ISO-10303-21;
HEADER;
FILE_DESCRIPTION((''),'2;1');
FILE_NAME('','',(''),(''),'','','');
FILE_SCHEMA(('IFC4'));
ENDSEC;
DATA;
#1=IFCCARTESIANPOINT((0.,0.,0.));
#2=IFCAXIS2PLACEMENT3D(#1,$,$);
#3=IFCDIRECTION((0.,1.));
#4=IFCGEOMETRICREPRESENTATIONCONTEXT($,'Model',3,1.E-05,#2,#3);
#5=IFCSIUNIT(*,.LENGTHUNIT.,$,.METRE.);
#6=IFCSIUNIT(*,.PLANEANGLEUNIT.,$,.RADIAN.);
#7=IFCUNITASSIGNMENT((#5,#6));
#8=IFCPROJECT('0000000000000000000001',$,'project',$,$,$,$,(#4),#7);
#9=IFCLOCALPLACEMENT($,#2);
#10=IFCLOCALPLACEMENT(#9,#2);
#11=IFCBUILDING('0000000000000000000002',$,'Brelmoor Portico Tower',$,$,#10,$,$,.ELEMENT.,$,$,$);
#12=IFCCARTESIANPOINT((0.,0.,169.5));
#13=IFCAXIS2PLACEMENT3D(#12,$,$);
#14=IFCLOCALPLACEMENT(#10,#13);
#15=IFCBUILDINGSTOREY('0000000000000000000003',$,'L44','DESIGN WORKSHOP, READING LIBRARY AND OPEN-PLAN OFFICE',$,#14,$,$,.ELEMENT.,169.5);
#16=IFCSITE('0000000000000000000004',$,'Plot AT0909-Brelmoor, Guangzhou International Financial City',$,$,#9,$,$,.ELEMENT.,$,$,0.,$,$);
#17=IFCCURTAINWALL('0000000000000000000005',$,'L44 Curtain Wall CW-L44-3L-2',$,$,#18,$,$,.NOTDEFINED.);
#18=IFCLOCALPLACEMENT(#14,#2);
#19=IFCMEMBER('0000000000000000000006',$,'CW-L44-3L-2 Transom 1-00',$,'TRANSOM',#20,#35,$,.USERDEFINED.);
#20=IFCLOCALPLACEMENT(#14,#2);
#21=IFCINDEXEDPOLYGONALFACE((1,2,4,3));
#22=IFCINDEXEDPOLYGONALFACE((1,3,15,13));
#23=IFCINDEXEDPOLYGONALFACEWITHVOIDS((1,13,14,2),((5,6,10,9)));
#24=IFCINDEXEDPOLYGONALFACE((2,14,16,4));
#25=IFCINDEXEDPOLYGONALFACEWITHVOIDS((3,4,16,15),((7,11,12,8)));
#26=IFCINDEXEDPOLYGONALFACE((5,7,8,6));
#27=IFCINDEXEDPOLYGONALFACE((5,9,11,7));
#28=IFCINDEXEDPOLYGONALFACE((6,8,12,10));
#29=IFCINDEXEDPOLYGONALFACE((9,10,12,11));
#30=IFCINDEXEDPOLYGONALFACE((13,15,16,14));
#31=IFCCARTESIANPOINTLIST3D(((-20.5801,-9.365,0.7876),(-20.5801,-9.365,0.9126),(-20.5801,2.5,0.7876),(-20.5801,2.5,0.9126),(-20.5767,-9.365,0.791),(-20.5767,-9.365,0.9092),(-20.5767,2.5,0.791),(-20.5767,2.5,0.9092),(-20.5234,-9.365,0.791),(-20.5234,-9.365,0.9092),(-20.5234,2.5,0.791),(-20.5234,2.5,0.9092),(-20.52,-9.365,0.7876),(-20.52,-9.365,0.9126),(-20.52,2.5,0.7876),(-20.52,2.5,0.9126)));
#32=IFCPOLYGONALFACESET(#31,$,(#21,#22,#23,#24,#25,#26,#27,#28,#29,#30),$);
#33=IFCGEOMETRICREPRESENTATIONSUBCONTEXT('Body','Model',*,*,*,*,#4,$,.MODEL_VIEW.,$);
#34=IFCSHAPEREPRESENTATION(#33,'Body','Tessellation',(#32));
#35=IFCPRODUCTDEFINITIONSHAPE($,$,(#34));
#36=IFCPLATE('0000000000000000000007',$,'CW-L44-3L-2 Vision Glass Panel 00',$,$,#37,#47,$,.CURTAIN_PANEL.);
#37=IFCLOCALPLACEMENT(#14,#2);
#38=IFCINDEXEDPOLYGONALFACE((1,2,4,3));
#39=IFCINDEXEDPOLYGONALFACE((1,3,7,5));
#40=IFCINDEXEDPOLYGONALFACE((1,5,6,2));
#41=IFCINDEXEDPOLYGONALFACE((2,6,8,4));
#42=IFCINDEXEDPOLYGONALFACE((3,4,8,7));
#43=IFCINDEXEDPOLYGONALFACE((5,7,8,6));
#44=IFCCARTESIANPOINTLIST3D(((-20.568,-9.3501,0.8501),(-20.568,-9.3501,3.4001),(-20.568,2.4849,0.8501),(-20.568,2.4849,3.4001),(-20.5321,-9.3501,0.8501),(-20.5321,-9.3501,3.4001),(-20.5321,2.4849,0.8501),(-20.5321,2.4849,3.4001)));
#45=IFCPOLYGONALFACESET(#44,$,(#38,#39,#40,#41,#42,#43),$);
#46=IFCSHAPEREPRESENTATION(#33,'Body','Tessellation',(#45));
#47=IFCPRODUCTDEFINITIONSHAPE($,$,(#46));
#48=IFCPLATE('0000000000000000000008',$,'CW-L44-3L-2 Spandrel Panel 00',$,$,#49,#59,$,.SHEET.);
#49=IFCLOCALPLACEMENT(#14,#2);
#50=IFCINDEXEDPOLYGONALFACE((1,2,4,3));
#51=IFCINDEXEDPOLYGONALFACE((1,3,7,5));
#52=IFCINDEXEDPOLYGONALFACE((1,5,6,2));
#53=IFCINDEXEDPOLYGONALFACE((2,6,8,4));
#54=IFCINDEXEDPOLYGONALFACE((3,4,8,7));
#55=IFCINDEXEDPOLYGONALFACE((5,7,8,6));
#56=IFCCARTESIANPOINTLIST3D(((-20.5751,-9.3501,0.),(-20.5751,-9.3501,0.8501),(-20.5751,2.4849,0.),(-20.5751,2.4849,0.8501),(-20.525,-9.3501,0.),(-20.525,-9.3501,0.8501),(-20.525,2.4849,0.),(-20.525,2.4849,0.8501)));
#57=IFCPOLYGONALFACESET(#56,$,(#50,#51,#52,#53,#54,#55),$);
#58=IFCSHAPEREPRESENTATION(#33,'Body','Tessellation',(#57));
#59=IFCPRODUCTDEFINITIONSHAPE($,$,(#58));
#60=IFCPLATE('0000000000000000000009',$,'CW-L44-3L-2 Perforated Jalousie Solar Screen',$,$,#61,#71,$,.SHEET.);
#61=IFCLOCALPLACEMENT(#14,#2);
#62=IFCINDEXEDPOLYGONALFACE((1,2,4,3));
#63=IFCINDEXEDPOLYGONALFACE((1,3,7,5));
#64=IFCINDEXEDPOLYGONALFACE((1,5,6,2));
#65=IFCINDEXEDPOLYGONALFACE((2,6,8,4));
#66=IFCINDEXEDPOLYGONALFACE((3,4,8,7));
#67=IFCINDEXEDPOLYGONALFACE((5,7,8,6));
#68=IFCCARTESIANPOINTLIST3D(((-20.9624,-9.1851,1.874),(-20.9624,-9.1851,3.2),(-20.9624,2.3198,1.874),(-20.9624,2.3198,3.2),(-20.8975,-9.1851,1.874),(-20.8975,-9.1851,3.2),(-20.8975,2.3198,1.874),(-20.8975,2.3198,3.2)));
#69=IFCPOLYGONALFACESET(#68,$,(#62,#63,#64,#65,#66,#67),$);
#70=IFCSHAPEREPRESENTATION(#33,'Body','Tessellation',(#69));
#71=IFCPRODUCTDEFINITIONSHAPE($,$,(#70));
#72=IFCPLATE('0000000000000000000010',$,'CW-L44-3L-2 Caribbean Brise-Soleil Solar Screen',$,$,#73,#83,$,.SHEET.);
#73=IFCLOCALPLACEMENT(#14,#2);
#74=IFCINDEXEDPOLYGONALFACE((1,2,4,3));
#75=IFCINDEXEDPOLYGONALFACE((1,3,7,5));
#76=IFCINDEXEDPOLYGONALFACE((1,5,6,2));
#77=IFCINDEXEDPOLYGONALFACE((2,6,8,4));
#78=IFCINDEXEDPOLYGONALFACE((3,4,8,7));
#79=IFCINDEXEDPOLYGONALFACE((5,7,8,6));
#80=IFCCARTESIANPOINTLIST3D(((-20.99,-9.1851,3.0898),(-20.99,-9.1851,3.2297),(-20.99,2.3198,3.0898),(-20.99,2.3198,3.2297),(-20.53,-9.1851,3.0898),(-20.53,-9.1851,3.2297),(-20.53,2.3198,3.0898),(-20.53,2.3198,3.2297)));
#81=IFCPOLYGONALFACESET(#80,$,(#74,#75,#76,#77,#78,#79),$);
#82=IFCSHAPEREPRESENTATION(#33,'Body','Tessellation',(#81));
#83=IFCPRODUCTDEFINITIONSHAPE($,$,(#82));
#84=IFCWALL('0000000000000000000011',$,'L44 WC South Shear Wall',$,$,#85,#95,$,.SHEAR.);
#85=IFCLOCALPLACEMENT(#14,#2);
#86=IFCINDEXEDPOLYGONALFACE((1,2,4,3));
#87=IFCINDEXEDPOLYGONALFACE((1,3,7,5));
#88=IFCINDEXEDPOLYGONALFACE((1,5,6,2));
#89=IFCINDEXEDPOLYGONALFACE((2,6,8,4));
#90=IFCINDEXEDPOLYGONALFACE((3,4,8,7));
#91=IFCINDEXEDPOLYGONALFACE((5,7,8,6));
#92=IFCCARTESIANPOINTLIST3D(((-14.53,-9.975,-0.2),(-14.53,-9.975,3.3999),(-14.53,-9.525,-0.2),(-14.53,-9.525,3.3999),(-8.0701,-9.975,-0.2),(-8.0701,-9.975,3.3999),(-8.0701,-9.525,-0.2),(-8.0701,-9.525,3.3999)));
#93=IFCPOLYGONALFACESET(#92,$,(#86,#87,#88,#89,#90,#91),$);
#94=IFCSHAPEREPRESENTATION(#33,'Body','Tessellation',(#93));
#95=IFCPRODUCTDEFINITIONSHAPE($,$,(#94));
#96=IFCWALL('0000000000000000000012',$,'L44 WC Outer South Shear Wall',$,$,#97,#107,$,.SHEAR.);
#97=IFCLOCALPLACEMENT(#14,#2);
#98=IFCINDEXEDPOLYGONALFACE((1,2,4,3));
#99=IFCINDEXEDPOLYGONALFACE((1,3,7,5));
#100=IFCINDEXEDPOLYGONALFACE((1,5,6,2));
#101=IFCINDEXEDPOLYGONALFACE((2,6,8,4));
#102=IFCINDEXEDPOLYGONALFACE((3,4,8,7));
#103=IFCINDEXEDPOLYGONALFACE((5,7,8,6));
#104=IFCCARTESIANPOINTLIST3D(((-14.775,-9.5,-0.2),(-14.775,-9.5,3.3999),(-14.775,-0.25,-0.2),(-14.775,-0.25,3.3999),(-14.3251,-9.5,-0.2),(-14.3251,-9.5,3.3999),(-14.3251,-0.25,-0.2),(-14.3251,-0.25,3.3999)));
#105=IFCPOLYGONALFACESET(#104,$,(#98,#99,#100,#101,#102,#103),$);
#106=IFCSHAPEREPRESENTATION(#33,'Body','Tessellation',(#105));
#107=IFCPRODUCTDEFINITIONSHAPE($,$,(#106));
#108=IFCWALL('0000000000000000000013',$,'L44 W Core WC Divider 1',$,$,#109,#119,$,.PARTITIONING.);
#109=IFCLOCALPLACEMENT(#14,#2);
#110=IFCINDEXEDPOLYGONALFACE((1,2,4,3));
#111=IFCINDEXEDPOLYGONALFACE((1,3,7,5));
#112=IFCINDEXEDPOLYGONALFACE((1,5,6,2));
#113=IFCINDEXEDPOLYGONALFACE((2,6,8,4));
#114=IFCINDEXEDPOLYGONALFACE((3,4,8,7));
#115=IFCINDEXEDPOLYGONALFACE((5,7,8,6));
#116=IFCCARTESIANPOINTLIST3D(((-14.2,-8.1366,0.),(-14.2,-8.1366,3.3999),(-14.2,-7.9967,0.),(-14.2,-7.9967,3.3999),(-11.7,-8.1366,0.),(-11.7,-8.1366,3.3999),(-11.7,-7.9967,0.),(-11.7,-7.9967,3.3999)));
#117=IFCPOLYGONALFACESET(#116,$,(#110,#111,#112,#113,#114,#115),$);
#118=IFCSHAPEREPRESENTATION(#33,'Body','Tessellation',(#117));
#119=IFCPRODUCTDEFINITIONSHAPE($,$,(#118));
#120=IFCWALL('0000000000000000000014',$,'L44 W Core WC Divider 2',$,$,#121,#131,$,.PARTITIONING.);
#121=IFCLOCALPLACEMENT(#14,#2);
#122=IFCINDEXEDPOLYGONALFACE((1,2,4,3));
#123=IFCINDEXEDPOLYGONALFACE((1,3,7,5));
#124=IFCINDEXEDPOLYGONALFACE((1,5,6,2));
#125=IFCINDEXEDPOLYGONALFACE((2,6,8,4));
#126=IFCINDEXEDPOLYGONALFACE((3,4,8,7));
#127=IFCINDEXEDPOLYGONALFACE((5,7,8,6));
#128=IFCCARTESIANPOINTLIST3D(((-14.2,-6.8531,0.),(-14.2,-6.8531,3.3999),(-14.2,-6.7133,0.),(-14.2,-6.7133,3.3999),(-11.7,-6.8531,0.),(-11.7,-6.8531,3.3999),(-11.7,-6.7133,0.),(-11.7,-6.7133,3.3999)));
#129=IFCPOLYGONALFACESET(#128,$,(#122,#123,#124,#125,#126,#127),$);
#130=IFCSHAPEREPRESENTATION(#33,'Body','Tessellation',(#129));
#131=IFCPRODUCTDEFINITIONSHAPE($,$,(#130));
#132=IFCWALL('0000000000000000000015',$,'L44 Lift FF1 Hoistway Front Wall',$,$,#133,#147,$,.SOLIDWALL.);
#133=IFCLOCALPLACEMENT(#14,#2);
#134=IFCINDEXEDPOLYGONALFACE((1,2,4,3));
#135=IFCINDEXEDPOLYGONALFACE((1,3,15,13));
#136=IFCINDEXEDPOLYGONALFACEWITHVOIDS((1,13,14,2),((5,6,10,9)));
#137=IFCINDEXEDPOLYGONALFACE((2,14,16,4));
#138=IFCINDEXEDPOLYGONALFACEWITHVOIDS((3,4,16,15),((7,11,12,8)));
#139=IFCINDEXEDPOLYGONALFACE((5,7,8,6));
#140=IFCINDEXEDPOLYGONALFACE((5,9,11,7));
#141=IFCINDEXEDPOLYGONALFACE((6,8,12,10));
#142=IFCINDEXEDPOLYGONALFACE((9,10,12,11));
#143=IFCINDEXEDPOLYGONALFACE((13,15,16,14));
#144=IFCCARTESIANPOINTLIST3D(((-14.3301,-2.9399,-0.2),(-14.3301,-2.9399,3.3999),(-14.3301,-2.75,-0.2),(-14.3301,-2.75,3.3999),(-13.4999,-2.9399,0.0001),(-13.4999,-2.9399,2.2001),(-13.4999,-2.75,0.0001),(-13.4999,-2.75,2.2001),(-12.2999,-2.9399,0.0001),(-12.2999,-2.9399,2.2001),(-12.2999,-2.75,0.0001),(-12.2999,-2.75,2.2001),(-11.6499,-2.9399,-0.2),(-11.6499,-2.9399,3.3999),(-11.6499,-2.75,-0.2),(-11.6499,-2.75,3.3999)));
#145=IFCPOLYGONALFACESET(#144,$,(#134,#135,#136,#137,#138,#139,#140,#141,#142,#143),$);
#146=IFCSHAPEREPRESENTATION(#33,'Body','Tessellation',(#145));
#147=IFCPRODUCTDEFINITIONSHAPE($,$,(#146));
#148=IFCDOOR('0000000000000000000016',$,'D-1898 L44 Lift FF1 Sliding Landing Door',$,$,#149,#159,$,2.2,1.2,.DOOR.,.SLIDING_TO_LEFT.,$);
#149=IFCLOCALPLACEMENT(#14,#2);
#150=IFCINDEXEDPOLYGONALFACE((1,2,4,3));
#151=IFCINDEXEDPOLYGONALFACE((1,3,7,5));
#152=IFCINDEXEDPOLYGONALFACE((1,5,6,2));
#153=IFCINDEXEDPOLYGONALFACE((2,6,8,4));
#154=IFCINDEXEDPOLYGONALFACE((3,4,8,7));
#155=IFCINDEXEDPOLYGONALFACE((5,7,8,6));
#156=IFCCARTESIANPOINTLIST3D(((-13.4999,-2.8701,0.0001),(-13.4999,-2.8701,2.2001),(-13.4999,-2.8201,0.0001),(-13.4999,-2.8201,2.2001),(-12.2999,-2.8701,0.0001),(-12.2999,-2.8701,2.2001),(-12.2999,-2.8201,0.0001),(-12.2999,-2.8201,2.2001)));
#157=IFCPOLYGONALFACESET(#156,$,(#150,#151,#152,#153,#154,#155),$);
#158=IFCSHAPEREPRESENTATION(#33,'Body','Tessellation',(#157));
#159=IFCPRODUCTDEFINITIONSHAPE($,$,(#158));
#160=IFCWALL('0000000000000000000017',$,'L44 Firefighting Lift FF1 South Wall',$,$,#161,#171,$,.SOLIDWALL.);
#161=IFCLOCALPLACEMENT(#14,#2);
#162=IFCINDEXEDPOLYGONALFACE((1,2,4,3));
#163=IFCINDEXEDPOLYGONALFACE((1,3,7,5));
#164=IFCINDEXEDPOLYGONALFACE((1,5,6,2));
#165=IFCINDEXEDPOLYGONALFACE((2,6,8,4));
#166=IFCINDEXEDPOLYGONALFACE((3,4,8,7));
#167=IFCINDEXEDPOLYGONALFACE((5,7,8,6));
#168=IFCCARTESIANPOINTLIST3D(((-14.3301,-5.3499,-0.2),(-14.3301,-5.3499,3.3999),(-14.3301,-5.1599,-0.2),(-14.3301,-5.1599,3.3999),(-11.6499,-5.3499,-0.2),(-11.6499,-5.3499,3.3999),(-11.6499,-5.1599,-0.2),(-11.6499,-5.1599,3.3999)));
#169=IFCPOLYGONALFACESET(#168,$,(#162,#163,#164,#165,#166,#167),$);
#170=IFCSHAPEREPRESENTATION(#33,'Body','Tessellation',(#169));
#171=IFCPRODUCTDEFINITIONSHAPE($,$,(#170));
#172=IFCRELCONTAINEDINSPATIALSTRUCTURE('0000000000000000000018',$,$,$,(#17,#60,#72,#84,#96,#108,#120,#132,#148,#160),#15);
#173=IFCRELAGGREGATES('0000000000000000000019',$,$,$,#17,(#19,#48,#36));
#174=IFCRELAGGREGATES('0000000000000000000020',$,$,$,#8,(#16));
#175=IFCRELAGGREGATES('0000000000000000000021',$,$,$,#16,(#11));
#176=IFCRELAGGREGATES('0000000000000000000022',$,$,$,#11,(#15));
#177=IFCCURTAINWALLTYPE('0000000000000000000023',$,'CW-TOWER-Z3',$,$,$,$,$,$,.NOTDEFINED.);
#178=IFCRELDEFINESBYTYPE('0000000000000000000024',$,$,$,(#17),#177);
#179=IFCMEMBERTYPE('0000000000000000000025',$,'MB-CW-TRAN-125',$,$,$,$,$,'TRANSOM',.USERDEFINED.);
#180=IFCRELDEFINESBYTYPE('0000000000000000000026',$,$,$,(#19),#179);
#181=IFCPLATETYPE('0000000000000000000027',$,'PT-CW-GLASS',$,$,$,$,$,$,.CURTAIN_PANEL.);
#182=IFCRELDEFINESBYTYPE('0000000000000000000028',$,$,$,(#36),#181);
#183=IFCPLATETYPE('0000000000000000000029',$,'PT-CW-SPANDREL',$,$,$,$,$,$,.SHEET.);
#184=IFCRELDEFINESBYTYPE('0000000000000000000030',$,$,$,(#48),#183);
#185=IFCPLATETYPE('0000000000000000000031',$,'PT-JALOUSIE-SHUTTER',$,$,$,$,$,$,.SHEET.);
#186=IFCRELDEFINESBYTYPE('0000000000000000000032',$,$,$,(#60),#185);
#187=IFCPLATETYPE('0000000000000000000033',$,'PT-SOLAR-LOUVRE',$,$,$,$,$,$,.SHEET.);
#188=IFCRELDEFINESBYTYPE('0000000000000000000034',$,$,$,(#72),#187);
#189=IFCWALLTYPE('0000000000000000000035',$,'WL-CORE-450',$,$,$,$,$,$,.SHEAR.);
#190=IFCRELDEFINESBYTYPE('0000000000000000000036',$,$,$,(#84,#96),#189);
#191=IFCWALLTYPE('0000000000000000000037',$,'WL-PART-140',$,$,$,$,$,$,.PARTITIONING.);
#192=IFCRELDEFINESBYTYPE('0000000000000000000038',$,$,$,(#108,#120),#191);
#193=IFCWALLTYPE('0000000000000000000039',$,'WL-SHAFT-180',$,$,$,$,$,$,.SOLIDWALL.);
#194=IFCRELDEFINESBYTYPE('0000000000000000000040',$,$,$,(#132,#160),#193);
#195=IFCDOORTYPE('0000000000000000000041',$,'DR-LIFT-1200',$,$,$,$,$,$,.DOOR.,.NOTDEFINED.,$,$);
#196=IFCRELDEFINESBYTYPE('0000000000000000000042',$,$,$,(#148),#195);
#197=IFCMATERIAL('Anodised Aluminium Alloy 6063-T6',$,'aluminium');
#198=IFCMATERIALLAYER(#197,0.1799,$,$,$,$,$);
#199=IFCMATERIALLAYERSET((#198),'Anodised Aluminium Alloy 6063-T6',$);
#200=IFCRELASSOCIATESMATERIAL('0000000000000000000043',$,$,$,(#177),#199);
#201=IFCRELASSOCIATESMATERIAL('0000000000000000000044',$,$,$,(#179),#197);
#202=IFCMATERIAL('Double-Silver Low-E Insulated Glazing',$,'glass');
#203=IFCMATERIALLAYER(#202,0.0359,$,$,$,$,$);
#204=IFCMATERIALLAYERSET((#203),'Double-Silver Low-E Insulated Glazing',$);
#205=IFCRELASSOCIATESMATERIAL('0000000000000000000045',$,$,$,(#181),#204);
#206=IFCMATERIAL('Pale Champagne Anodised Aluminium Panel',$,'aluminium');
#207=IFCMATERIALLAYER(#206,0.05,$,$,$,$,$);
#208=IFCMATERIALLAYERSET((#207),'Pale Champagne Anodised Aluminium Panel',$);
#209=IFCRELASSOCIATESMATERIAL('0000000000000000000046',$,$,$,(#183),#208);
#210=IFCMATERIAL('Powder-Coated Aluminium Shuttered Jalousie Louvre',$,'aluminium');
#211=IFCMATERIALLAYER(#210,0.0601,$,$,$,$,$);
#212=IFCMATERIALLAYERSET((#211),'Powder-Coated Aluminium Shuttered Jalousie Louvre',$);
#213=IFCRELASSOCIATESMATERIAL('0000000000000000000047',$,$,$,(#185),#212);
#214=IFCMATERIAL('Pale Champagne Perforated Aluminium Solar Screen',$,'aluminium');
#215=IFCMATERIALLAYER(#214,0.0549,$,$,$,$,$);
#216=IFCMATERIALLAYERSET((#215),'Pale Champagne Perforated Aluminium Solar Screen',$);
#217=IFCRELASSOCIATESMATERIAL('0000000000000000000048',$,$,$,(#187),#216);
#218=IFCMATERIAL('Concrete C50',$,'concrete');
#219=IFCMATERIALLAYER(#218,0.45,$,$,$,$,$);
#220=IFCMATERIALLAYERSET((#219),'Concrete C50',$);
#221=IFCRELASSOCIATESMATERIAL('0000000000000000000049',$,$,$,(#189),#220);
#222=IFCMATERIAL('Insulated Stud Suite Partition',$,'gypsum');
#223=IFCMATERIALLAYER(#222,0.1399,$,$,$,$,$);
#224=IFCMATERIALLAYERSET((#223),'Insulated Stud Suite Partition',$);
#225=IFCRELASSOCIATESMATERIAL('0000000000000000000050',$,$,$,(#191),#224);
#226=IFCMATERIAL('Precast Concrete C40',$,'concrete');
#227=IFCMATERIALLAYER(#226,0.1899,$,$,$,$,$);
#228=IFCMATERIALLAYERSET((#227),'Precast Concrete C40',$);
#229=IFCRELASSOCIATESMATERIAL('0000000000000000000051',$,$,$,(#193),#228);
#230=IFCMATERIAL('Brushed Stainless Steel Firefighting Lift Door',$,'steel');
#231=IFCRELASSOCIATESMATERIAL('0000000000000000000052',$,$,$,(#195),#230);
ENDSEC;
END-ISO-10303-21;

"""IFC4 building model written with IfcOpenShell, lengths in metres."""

from ifc_helpers import new_model, si_unit, direction, frame, frame_2d, origin, origin_2d, place, context, subcontext, project, spatial, rectangle, hollow_rectangle, extrude, material, layer, layer_set, material_profile, profile_set, type_object, element, fill, aggregate, save


model = new_model("IFC4")

# Units and contexts
model_context = context("Model", 3, precision=1e-05, world=origin(), true_north=direction((0.0, 1.0)))
body_context = subcontext(model_context, "Body", "Model", "MODEL_VIEW")
ifc_project = project(units=[si_unit("LENGTHUNIT", "METRE"), si_unit("PLANEANGLEUNIT", "RADIAN")], contexts=[model_context])

# Site, building, storey
site_placement = place(None, origin())
site = spatial("IfcSite", under=ifc_project, at=site_placement, Name="Plot AT0909-Brelmoor, Guangzhou International Financial City", CompositionType="ELEMENT", RefElevation=0.0)
building_placement = place(site_placement, origin())
building = spatial("IfcBuilding", under=site, at=building_placement, Name="Brelmoor Portico Tower", CompositionType="ELEMENT")
storey_placement = place(building_placement, frame((0.0, 0.0, 169.5)))
storey = spatial("IfcBuildingStorey", under=building, at=storey_placement, Name="L44", Description="DESIGN WORKSHOP, READING LIBRARY AND OPEN-PLAN OFFICE", CompositionType="ELEMENT", Elevation=169.5)

# Curtain wall, member, plates
ifc_material_1 = material(Name="Anodised Aluminium Alloy 6063-T6", Category="aluminium")
ifc_layer_1 = layer(ifc_material_1, 0.1799)
ifc_layer_set_1 = layer_set([ifc_layer_1], Name="Anodised Aluminium Alloy 6063-T6")
curtain_wall_type = type_object("IfcCurtainWallType", Name="CW-TOWER-Z3", PredefinedType="NOTDEFINED", material=ifc_layer_set_1)
curtain_wall_placement = place(storey_placement, origin())
curtain_wall = element("IfcCurtainWall", 1, at=curtain_wall_placement, inside=storey, type_object=curtain_wall_type, Name="L44 Curtain Wall CW-L44-3L-2", PredefinedType="NOTDEFINED")
ifc_material_profile_1 = material_profile(ifc_material_1, hollow_rectangle(XDim=0.0601, YDim=0.125, WallThickness=0.0034, at=origin_2d()), Name="ALU TRANSOM 60x125")
ifc_profile_set_1 = profile_set([ifc_material_profile_1], Name="Anodised Aluminium Alloy 6063-T6")
member_type_1 = type_object("IfcMemberType", Name="MB-CW-TRAN-125", ElementType="TRANSOM", PredefinedType="USERDEFINED", material=ifc_profile_set_1)
member_1_placement = place(storey_placement, frame((-20.55, -9.365, 0.8501), z_axis=(0.0, 1.0, 0.0), x_axis=(-1.0, 0.0, 0.0)))
member_1 = element("IfcMember", 2, at=member_1_placement, type_object=member_type_1, Name="CW-L44-3L-2 Transom 1-00", ObjectType="TRANSOM", PredefinedType="USERDEFINED", context=body_context, shape_type="SweptSolid", body=[
    extrude(hollow_rectangle(XDim=0.0601, YDim=0.125, WallThickness=0.0034, at=origin_2d()), origin(), (0.0, 0.0, 1.0), 11.865),
])
ifc_material_2 = material(Name="Double-Silver Low-E Insulated Glazing", Category="glass")
ifc_layer_2 = layer(ifc_material_2, 0.0359)
ifc_layer_set_2 = layer_set([ifc_layer_2], Name="Double-Silver Low-E Insulated Glazing")
plate_type_1 = type_object("IfcPlateType", Name="PT-CW-GLASS", PredefinedType="CURTAIN_PANEL", material=ifc_layer_set_2)
plate_1_placement = place(storey_placement, frame((-20.55, -3.4326, 0.8501), z_axis=(0.0, 0.0, 1.0), x_axis=(0.0, 1.0, 0.0)))
plate_1 = element("IfcPlate", 3, at=plate_1_placement, type_object=plate_type_1, Name="CW-L44-3L-2 Vision Glass Panel 00", PredefinedType="CURTAIN_PANEL", context=body_context, shape_type="SweptSolid", body=[
    extrude(rectangle(XDim=11.835, YDim=0.0359, at=origin_2d()), origin(), (0.0, 0.0, 1.0), 2.55),
])
ifc_material_3 = material(Name="Pale Champagne Anodised Aluminium Panel", Category="aluminium")
ifc_layer_3 = layer(ifc_material_3, 0.05)
ifc_layer_set_3 = layer_set([ifc_layer_3], Name="Pale Champagne Anodised Aluminium Panel")
plate_type_2 = type_object("IfcPlateType", Name="PT-CW-SPANDREL", PredefinedType="SHEET", material=ifc_layer_set_3)
plate_2_placement = place(storey_placement, frame((-20.55, -3.4326, 0.0), z_axis=(0.0, 0.0, 1.0), x_axis=(0.0, 1.0, 0.0)))
plate_2 = element("IfcPlate", 4, at=plate_2_placement, type_object=plate_type_2, Name="CW-L44-3L-2 Spandrel Panel 00", PredefinedType="SHEET", context=body_context, shape_type="SweptSolid", body=[
    extrude(rectangle(XDim=11.835, YDim=0.05, at=origin_2d()), origin(), (0.0, 0.0, 1.0), 0.8501),
])
aggregate(curtain_wall, [member_1, plate_2, plate_1])

# Plates
ifc_material_4 = material(Name="Powder-Coated Aluminium Shuttered Jalousie Louvre", Category="aluminium")
ifc_layer_4 = layer(ifc_material_4, 0.0601)
ifc_layer_set_4 = layer_set([ifc_layer_4], Name="Powder-Coated Aluminium Shuttered Jalousie Louvre")
plate_type_3 = type_object("IfcPlateType", Name="PT-JALOUSIE-SHUTTER", PredefinedType="SHEET", material=ifc_layer_set_4)
plate_3_placement = place(storey_placement, frame((-20.9299, -3.4326, 1.874), z_axis=(0.0, 0.0, 1.0), x_axis=(0.0, 1.0, 0.0)))
element("IfcPlate", 5, at=plate_3_placement, inside=storey, type_object=plate_type_3, Name="CW-L44-3L-2 Perforated Jalousie Solar Screen", PredefinedType="SHEET", context=body_context, shape_type="SweptSolid", body=[
    extrude(rectangle(XDim=11.5049, YDim=0.0649, at=origin_2d()), origin(), (0.0, 0.0, 1.0), 1.3259),
])
ifc_material_5 = material(Name="Pale Champagne Perforated Aluminium Solar Screen", Category="aluminium")
ifc_layer_5 = layer(ifc_material_5, 0.0549)
ifc_layer_set_5 = layer_set([ifc_layer_5], Name="Pale Champagne Perforated Aluminium Solar Screen")
plate_type_4 = type_object("IfcPlateType", Name="PT-SOLAR-LOUVRE", PredefinedType="SHEET", material=ifc_layer_set_5)
plate_4_placement = place(storey_placement, frame((-20.76, -3.4326, 3.0898), z_axis=(0.0, 0.0, 1.0), x_axis=(0.0, 1.0, 0.0)))
element("IfcPlate", 6, at=plate_4_placement, inside=storey, type_object=plate_type_4, Name="CW-L44-3L-2 Caribbean Brise-Soleil Solar Screen", PredefinedType="SHEET", context=body_context, shape_type="SweptSolid", body=[
    extrude(rectangle(XDim=11.5049, YDim=0.46, at=origin_2d()), origin(), (0.0, 0.0, 1.0), 0.1399),
])

# Walls
ifc_material_6 = material(Name="Concrete C50", Category="concrete")
ifc_layer_6 = layer(ifc_material_6, 0.45)
ifc_layer_set_6 = layer_set([ifc_layer_6], Name="Concrete C50")
wall_type_1 = type_object("IfcWallType", Name="WL-CORE-450", PredefinedType="SHEAR", material=ifc_layer_set_6)
wall_1_placement = place(storey_placement, frame((-14.53, -9.75, -0.2), z_axis=(0.0, 0.0, 1.0), x_axis=(1.0, 0.0, 0.0)))
element("IfcWall", 7, at=wall_1_placement, inside=storey, type_object=wall_type_1, Name="L44 WC South Shear Wall", PredefinedType="SHEAR", context=body_context, shape_type="SweptSolid", body=[
    extrude(rectangle(XDim=6.46, YDim=0.45, at=frame_2d((3.23, 0.0))), origin(), (0.0, 0.0, 1.0), 3.5999),
])
wall_2_placement = place(storey_placement, frame((-14.55, -9.5, -0.2), z_axis=(0.0, 0.0, 1.0), x_axis=(0.0, 1.0, 0.0)))
element("IfcWall", 8, at=wall_2_placement, inside=storey, type_object=wall_type_1, Name="L44 WC Outer South Shear Wall", PredefinedType="SHEAR", context=body_context, shape_type="SweptSolid", body=[
    extrude(rectangle(XDim=9.25, YDim=0.45, at=frame_2d((4.625, 0.0))), origin(), (0.0, 0.0, 1.0), 3.5999),
])
ifc_material_7 = material(Name="Insulated Stud Suite Partition", Category="gypsum")
ifc_layer_7 = layer(ifc_material_7, 0.1399)
ifc_layer_set_7 = layer_set([ifc_layer_7], Name="Insulated Stud Suite Partition")
wall_type_2 = type_object("IfcWallType", Name="WL-PART-140", PredefinedType="PARTITIONING", material=ifc_layer_set_7)
for number, where, z_axis, x_axis, name in (
    (9, (-11.7, -8.0667, 0.0), (0.0, 0.0, 1.0), (-1.0, 0.0, 0.0), "L44 W Core WC Divider 1"),
    (10, (-11.7, -6.7832, 0.0), (0.0, 0.0, 1.0), (-1.0, 0.0, 0.0), "L44 W Core WC Divider 2"),
):
    element("IfcWall", number, at=place(storey_placement, frame(where, z_axis=z_axis, x_axis=x_axis)), inside=storey, type_object=wall_type_2, Name=name, PredefinedType="PARTITIONING", context=body_context, shape_type="SweptSolid", body=[
        extrude(rectangle(XDim=2.5, YDim=0.1399, at=frame_2d((1.25, 0.0))), origin(), (0.0, 0.0, 1.0), 3.3999),
    ])

# Wall, opening, door
ifc_material_8 = material(Name="Precast Concrete C40", Category="concrete")
ifc_layer_8 = layer(ifc_material_8, 0.1899)
ifc_layer_set_8 = layer_set([ifc_layer_8], Name="Precast Concrete C40")
wall_type_3 = type_object("IfcWallType", Name="WL-SHAFT-180", PredefinedType="SOLIDWALL", material=ifc_layer_set_8)
wall_3_placement = place(storey_placement, frame((-14.3301, -2.845, -0.2), z_axis=(0.0, 0.0, 1.0), x_axis=(1.0, 0.0, 0.0)))
wall_3 = element("IfcWall", 11, at=wall_3_placement, inside=storey, type_object=wall_type_3, Name="L44 Lift FF1 Hoistway Front Wall", PredefinedType="SOLIDWALL", context=body_context, shape_type="SweptSolid", body=[
    extrude(rectangle(XDim=2.6802, YDim=0.1899, at=frame_2d((1.3401, 0.0))), origin(), (0.0, 0.0, 1.0), 3.5999),
])
opening_placement = place(wall_3_placement, frame((0.8301, 0.0, 0.2)))
opening = element("IfcOpeningElement", 12, at=opening_placement, cuts=wall_3, PredefinedType="OPENING", context=body_context, shape_type="SweptSolid", body=[
    extrude(rectangle(XDim=1.2, YDim=2.2, at=frame_2d((0.6001, 1.1001))), frame((0.0, 0.105, 0.0), z_axis=(0.0, -1.0, 0.0), x_axis=(1.0, 0.0, 0.0)), (0.0, 0.0, 1.0), 0.21),
])
ifc_material_9 = material(Name="Brushed Stainless Steel Firefighting Lift Door", Category="steel")
door_type = type_object("IfcDoorType", Name="DR-LIFT-1200", OperationType="NOTDEFINED", PredefinedType="DOOR", material=ifc_material_9)
door_placement = place(opening_placement, origin())
door = element("IfcDoor", 13, at=door_placement, inside=storey, type_object=door_type, Name="D-1898 L44 Lift FF1 Sliding Landing Door", OperationType="SLIDING_TO_LEFT", OverallHeight=2.2, OverallWidth=1.2, PredefinedType="DOOR", context=body_context, shape_type="SweptSolid", body=[
    extrude(rectangle(XDim=1.2, YDim=2.2, at=frame_2d((0.6001, 1.1001))), frame((0.0, 0.0249, 0.0), z_axis=(0.0, -1.0, 0.0), x_axis=(1.0, 0.0, 0.0)), (0.0, 0.0, 1.0), 0.05),
])
fill(opening, door)

# Wall
wall_4_placement = place(storey_placement, frame((-14.3301, -5.2549, -0.2), z_axis=(0.0, 0.0, 1.0), x_axis=(1.0, 0.0, 0.0)))
element("IfcWall", 14, at=wall_4_placement, inside=storey, type_object=wall_type_3, Name="L44 Firefighting Lift FF1 South Wall", PredefinedType="SOLIDWALL", context=body_context, shape_type="SweptSolid", body=[
    extrude(rectangle(XDim=2.6802, YDim=0.1899, at=frame_2d((1.3401, 0.0))), origin(), (0.0, 0.0, 1.0), 3.5999),
])

save(model, "model.ifc")
